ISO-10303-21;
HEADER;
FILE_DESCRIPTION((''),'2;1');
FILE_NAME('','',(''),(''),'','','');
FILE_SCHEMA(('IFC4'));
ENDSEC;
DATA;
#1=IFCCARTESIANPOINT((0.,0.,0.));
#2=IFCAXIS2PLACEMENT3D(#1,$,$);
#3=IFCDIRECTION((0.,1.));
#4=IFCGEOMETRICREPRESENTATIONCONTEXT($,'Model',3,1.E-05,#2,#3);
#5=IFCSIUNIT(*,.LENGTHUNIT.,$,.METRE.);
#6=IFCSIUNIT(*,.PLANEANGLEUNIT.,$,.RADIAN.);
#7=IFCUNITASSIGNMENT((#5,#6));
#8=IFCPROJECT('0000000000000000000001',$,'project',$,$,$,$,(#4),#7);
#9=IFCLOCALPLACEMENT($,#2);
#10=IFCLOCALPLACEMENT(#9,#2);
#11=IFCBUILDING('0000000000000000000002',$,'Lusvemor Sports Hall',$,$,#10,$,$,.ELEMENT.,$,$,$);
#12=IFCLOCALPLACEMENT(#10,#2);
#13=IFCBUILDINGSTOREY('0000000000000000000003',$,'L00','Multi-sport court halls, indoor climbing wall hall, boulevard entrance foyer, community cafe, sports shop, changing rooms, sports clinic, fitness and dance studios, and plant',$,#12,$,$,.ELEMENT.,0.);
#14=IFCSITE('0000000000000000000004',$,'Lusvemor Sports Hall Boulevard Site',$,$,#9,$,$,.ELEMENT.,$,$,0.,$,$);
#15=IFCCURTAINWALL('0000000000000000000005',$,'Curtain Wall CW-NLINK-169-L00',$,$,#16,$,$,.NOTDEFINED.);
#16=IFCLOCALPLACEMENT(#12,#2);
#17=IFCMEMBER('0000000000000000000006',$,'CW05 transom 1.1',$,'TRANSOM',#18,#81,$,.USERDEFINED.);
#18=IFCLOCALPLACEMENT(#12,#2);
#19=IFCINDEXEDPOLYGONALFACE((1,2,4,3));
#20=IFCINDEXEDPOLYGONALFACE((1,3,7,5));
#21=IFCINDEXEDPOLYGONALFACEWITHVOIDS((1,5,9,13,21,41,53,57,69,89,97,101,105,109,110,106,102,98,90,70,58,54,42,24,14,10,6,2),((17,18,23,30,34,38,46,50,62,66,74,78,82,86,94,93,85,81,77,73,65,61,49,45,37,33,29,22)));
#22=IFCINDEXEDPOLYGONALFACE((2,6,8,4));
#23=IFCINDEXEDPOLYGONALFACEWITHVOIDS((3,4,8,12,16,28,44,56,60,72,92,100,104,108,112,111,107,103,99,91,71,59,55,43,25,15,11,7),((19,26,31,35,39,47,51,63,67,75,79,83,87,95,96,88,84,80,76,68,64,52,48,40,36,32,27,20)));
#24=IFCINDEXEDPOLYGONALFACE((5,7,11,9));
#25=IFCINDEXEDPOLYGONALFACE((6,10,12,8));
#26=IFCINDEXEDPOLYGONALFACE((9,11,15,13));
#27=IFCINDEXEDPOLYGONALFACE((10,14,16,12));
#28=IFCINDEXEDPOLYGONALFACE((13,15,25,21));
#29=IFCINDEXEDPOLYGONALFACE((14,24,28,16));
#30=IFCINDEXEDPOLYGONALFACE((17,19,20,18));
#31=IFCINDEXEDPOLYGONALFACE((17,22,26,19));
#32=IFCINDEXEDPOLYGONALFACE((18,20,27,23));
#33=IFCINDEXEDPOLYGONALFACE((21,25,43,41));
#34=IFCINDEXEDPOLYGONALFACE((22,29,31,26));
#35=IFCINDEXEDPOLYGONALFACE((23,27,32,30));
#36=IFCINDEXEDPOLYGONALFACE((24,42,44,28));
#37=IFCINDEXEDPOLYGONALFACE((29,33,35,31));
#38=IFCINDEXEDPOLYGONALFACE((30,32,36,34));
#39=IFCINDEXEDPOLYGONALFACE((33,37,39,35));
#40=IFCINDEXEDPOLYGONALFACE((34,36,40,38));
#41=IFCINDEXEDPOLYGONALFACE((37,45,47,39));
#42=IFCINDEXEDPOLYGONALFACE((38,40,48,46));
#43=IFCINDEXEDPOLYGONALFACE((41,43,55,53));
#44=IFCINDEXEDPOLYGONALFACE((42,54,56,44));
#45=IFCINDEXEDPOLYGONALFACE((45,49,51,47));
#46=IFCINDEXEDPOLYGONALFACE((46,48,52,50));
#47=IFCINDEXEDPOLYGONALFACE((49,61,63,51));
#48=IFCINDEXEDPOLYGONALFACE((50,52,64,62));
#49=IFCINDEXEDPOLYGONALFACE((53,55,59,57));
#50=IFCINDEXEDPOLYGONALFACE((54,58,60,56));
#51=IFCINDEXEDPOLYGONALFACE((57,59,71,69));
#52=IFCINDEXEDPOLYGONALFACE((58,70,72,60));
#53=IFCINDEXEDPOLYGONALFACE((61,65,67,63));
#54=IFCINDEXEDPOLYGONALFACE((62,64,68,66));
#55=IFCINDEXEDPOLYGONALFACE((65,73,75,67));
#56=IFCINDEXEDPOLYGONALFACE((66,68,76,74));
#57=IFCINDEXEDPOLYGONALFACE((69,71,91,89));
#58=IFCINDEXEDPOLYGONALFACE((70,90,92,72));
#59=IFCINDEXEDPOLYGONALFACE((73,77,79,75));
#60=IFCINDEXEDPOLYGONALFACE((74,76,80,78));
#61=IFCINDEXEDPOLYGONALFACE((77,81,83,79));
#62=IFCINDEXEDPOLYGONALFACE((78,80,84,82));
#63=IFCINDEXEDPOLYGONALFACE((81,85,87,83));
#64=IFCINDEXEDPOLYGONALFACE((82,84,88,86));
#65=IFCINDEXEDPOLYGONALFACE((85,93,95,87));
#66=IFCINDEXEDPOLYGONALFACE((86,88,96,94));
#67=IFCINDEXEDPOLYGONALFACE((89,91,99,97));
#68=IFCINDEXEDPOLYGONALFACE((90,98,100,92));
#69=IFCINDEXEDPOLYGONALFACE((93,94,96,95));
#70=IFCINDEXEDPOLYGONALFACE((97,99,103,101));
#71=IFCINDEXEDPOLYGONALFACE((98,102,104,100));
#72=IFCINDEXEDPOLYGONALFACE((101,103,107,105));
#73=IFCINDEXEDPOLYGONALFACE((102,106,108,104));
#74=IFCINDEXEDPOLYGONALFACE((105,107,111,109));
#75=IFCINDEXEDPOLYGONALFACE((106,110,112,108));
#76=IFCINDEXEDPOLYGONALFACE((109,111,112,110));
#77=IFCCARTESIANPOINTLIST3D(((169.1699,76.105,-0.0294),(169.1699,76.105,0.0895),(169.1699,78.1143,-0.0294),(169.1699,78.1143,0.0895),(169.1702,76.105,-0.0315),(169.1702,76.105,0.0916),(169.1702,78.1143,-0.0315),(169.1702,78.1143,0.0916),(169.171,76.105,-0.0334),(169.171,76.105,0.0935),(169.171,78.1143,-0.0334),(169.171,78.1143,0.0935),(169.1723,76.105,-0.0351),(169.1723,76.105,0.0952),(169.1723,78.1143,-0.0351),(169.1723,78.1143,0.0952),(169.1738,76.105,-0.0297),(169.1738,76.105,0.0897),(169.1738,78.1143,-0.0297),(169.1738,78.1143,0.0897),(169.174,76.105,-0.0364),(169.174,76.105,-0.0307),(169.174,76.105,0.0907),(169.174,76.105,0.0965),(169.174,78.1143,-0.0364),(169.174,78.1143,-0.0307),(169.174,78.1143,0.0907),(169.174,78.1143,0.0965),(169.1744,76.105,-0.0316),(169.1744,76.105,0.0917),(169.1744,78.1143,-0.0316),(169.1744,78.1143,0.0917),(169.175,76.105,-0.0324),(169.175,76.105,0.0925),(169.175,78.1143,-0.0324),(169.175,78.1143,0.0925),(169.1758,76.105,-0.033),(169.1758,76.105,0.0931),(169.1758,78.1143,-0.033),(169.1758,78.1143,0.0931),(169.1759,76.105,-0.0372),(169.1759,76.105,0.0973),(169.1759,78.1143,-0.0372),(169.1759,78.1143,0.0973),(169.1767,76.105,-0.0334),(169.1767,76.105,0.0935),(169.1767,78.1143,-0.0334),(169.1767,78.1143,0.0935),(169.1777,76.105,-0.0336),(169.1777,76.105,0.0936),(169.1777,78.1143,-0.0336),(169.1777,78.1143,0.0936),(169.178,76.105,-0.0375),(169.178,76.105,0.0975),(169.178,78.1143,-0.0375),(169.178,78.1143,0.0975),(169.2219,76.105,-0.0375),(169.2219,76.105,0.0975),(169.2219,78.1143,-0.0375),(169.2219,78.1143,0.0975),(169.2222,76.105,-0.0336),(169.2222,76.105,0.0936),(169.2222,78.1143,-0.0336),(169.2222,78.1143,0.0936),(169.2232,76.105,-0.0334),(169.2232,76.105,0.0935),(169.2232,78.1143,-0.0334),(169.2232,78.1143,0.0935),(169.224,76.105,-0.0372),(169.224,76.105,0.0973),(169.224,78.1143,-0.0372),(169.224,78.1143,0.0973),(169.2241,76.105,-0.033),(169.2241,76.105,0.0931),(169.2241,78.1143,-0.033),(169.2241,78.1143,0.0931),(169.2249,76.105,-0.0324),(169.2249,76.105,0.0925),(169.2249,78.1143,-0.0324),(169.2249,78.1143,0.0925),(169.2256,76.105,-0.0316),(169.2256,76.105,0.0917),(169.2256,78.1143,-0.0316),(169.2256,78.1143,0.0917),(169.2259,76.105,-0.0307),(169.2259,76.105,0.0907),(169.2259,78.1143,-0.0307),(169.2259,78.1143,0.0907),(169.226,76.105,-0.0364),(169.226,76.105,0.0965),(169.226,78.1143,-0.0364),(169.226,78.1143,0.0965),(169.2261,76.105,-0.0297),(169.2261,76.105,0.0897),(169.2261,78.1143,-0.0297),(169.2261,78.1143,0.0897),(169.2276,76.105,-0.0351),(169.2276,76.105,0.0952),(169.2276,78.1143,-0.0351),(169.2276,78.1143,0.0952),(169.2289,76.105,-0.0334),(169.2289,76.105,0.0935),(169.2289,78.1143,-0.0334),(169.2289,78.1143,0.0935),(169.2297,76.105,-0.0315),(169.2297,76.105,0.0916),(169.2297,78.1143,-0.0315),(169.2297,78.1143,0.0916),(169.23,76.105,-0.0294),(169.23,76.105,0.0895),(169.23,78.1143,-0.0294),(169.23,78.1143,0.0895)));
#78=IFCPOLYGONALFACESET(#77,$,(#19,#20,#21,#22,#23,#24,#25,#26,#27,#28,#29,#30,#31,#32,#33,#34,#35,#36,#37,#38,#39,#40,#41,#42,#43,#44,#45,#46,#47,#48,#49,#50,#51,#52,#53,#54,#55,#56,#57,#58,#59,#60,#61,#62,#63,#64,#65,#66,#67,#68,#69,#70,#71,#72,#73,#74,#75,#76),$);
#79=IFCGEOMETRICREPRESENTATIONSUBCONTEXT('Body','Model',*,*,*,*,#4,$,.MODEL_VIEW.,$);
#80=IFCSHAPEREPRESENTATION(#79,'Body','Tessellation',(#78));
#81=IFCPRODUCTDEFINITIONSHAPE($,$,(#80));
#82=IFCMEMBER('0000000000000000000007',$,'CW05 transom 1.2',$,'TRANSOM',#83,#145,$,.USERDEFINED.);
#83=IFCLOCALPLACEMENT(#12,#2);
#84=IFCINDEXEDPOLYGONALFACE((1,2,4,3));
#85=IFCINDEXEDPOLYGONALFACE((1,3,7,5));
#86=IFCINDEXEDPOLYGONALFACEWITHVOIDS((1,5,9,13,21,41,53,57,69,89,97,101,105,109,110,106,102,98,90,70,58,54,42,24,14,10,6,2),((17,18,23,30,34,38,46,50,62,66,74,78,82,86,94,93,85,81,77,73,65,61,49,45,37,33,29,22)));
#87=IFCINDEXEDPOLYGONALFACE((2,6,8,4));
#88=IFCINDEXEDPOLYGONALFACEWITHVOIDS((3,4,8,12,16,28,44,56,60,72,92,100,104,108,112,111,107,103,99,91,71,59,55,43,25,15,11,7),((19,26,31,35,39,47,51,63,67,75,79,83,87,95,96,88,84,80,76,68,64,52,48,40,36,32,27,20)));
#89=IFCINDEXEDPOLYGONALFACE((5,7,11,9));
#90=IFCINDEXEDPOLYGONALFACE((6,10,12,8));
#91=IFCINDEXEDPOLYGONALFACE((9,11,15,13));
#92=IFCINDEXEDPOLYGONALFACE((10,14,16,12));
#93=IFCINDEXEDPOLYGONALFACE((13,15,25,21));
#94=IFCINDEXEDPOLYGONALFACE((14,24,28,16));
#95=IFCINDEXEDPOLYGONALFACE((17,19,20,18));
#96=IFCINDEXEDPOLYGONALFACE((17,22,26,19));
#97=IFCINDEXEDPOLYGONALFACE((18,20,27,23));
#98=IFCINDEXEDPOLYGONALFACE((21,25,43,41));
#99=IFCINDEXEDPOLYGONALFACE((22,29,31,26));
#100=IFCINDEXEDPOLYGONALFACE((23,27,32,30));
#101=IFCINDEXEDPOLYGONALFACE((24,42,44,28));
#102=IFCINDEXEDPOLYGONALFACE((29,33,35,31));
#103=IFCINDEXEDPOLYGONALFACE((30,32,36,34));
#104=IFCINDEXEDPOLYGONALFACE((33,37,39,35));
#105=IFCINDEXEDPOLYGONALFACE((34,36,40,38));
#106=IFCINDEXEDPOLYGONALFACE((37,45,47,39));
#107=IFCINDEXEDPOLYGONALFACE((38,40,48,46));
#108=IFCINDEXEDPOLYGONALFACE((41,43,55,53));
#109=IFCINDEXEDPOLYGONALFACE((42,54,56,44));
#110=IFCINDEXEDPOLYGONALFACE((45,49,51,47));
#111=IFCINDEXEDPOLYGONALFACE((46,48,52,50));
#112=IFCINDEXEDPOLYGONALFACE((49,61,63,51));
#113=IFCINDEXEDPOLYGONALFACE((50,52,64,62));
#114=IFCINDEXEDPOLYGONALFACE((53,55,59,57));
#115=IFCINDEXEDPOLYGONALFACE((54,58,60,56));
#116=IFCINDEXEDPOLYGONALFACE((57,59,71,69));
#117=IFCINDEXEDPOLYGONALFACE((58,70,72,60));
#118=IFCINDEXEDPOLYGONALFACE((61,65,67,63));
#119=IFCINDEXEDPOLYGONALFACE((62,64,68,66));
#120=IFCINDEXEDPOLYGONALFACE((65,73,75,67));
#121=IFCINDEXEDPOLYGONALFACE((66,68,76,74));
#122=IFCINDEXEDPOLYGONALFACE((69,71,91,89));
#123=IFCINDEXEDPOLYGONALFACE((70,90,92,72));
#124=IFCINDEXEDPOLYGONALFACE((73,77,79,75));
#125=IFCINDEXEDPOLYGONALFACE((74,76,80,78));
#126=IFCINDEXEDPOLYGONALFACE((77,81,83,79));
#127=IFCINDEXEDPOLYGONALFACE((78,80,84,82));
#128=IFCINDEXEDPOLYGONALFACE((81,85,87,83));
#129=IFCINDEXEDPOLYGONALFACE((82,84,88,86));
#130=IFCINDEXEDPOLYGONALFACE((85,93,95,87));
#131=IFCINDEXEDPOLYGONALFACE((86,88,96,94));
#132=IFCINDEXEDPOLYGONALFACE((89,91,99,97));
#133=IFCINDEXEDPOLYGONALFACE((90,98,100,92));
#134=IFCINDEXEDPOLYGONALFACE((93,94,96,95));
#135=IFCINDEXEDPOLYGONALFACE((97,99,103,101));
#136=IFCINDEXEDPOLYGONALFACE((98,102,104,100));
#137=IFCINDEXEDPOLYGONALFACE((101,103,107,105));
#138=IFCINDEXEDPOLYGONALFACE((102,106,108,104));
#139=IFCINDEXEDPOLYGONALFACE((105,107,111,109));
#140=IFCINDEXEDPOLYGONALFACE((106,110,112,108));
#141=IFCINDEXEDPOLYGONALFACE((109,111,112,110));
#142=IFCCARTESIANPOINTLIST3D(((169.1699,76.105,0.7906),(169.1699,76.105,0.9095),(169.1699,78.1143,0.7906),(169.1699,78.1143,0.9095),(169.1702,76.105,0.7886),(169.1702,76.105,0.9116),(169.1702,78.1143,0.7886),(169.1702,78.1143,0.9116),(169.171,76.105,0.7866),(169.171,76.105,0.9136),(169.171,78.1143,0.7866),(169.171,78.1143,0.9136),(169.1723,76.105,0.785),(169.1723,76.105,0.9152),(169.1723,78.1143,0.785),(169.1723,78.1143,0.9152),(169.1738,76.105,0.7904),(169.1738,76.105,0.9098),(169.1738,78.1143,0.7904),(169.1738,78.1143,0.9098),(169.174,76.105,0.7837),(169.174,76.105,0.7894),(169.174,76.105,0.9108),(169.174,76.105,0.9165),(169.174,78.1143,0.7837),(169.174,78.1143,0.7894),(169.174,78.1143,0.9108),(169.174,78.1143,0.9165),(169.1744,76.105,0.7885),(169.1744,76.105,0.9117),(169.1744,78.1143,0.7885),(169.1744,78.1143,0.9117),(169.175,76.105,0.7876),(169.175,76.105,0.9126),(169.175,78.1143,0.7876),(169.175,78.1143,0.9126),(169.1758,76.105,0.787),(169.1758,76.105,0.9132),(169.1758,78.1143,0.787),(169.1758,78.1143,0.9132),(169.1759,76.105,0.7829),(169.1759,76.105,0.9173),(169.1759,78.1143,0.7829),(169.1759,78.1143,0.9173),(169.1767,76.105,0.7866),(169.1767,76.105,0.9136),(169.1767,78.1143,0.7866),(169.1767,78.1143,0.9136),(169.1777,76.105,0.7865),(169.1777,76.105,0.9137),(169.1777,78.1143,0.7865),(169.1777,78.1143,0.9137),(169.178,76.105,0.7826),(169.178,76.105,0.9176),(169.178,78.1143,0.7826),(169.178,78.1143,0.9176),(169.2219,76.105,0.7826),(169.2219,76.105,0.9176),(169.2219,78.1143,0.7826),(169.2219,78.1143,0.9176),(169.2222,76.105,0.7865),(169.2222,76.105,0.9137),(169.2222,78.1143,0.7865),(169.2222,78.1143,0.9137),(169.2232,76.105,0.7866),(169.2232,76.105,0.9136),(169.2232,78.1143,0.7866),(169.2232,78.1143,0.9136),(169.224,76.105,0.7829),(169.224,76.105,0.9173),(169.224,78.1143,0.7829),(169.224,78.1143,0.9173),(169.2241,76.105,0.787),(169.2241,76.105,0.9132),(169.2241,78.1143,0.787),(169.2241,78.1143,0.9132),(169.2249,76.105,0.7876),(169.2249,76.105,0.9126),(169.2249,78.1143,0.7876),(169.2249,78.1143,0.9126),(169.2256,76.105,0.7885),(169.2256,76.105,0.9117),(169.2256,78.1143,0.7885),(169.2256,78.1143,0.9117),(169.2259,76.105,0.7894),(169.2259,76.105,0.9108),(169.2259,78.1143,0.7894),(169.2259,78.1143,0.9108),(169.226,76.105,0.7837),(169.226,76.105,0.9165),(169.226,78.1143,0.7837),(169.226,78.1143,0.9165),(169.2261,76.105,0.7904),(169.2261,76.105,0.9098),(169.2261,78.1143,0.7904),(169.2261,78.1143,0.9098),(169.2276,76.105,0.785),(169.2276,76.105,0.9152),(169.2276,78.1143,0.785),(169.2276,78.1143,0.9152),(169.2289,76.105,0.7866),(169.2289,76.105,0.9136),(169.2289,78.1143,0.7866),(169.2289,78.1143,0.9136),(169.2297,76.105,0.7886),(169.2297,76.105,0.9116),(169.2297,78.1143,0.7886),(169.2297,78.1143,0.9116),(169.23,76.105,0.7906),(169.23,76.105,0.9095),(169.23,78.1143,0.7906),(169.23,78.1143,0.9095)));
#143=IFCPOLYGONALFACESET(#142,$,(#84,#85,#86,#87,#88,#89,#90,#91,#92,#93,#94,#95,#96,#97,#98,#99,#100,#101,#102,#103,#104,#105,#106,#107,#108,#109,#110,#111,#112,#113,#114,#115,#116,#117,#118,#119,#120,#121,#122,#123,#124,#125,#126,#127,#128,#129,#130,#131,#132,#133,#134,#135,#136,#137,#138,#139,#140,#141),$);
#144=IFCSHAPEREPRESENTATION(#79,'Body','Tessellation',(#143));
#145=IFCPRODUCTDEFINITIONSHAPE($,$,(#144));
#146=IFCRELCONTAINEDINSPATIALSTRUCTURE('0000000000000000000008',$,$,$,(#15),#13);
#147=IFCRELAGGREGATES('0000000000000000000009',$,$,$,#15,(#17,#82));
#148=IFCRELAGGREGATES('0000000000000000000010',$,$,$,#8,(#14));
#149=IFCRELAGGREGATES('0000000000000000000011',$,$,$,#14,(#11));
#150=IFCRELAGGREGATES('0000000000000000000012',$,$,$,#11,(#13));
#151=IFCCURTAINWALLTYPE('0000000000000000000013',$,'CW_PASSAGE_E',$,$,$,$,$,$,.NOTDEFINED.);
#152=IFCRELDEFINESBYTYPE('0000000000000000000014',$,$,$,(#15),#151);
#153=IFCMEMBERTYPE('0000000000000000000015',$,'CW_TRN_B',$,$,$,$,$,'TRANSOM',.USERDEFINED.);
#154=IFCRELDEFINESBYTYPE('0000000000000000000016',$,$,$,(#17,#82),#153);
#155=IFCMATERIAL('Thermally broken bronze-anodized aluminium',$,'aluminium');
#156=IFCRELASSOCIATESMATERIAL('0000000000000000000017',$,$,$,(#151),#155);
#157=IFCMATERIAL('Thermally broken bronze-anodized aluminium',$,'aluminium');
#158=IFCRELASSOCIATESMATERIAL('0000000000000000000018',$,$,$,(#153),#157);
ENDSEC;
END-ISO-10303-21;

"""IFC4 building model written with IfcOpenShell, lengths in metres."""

from ifc_helpers import new_model, si_unit, direction, frame, origin, origin_2d, place, context, subcontext, project, spatial, hollow_rectangle, extrude, material, material_profile, profile_set, type_object, element, aggregate, save


model = new_model("IFC4")

# Units and contexts
model_context = context("Model", 3, precision=1e-05, world=origin(), true_north=direction((0.0, 1.0)))
body_context = subcontext(model_context, "Body", "Model", "MODEL_VIEW")
ifc_project = project(units=[si_unit("LENGTHUNIT", "METRE"), si_unit("PLANEANGLEUNIT", "RADIAN")], contexts=[model_context])

# Site, building, storey
site_placement = place(None, origin())
site = spatial("IfcSite", under=ifc_project, at=site_placement, Name="Lusvemor Sports Hall Boulevard Site", CompositionType="ELEMENT", RefElevation=0.0)
building_placement = place(site_placement, origin())
building = spatial("IfcBuilding", under=site, at=building_placement, Name="Lusvemor Sports Hall", CompositionType="ELEMENT")
storey_placement = place(building_placement, origin())
storey = spatial("IfcBuildingStorey", under=building, at=storey_placement, Name="L00", Description="Multi-sport court halls, indoor climbing wall hall, boulevard entrance foyer, community cafe, sports shop, changing rooms, sports clinic, fitness and dance studios, and plant", CompositionType="ELEMENT", Elevation=0.0)

# Curtain wall, members
ifc_material_1 = material(Name="Thermally broken bronze-anodized aluminium", Category="aluminium")
curtain_wall_type = type_object("IfcCurtainWallType", Name="CW_PASSAGE_E", PredefinedType="NOTDEFINED", material=ifc_material_1)
curtain_wall_placement = place(storey_placement, origin())
curtain_wall = element("IfcCurtainWall", 1, at=curtain_wall_placement, inside=storey, type_object=curtain_wall_type, Name="Curtain Wall CW-NLINK-169-L00", PredefinedType="NOTDEFINED")
ifc_material_2 = material(Name="Thermally broken bronze-anodized aluminium", Category="aluminium")
ifc_material_profile_1 = material_profile(ifc_material_2, hollow_rectangle(XDim=0.0601, YDim=0.135, WallThickness=0.0039, InnerFilletRadius=0.0039, OuterFilletRadius=0.0081, at=origin_2d()), Name="CWTRN135x60x4")
ifc_profile_set_1 = profile_set([ifc_material_profile_1], Name="Thermally broken bronze-anodized aluminium")
member_type_1 = type_object("IfcMemberType", Name="CW_TRN_B", ElementType="TRANSOM", PredefinedType="USERDEFINED", material=ifc_profile_set_1)
member_1_placement = place(storey_placement, frame((169.2, 76.105, 0.03), z_axis=(0.0, 1.0, 0.0), x_axis=(-1.0, 0.0, 0.0)))
member_1 = element("IfcMember", 2, at=member_1_placement, type_object=member_type_1, Name="CW05 transom 1.1", ObjectType="TRANSOM", PredefinedType="USERDEFINED", context=body_context, shape_type="SweptSolid", body=[
    extrude(hollow_rectangle(XDim=0.0601, YDim=0.135, WallThickness=0.0039, InnerFilletRadius=0.0039, OuterFilletRadius=0.0081, at=origin_2d()), origin(), (0.0, 0.0, 1.0), 2.0093),
])
member_2_placement = place(storey_placement, frame((169.2, 76.105, 0.8501), z_axis=(0.0, 1.0, 0.0), x_axis=(-1.0, 0.0, 0.0)))
member_2 = element("IfcMember", 3, at=member_2_placement, type_object=member_type_1, Name="CW05 transom 1.2", ObjectType="TRANSOM", PredefinedType="USERDEFINED", context=body_context, shape_type="SweptSolid", body=[
    extrude(hollow_rectangle(XDim=0.0601, YDim=0.135, WallThickness=0.0039, InnerFilletRadius=0.0039, OuterFilletRadius=0.0081, at=origin_2d()), origin(), (0.0, 0.0, 1.0), 2.0093),
])
aggregate(curtain_wall, [member_1, member_2])

save(model, "model.ifc")
